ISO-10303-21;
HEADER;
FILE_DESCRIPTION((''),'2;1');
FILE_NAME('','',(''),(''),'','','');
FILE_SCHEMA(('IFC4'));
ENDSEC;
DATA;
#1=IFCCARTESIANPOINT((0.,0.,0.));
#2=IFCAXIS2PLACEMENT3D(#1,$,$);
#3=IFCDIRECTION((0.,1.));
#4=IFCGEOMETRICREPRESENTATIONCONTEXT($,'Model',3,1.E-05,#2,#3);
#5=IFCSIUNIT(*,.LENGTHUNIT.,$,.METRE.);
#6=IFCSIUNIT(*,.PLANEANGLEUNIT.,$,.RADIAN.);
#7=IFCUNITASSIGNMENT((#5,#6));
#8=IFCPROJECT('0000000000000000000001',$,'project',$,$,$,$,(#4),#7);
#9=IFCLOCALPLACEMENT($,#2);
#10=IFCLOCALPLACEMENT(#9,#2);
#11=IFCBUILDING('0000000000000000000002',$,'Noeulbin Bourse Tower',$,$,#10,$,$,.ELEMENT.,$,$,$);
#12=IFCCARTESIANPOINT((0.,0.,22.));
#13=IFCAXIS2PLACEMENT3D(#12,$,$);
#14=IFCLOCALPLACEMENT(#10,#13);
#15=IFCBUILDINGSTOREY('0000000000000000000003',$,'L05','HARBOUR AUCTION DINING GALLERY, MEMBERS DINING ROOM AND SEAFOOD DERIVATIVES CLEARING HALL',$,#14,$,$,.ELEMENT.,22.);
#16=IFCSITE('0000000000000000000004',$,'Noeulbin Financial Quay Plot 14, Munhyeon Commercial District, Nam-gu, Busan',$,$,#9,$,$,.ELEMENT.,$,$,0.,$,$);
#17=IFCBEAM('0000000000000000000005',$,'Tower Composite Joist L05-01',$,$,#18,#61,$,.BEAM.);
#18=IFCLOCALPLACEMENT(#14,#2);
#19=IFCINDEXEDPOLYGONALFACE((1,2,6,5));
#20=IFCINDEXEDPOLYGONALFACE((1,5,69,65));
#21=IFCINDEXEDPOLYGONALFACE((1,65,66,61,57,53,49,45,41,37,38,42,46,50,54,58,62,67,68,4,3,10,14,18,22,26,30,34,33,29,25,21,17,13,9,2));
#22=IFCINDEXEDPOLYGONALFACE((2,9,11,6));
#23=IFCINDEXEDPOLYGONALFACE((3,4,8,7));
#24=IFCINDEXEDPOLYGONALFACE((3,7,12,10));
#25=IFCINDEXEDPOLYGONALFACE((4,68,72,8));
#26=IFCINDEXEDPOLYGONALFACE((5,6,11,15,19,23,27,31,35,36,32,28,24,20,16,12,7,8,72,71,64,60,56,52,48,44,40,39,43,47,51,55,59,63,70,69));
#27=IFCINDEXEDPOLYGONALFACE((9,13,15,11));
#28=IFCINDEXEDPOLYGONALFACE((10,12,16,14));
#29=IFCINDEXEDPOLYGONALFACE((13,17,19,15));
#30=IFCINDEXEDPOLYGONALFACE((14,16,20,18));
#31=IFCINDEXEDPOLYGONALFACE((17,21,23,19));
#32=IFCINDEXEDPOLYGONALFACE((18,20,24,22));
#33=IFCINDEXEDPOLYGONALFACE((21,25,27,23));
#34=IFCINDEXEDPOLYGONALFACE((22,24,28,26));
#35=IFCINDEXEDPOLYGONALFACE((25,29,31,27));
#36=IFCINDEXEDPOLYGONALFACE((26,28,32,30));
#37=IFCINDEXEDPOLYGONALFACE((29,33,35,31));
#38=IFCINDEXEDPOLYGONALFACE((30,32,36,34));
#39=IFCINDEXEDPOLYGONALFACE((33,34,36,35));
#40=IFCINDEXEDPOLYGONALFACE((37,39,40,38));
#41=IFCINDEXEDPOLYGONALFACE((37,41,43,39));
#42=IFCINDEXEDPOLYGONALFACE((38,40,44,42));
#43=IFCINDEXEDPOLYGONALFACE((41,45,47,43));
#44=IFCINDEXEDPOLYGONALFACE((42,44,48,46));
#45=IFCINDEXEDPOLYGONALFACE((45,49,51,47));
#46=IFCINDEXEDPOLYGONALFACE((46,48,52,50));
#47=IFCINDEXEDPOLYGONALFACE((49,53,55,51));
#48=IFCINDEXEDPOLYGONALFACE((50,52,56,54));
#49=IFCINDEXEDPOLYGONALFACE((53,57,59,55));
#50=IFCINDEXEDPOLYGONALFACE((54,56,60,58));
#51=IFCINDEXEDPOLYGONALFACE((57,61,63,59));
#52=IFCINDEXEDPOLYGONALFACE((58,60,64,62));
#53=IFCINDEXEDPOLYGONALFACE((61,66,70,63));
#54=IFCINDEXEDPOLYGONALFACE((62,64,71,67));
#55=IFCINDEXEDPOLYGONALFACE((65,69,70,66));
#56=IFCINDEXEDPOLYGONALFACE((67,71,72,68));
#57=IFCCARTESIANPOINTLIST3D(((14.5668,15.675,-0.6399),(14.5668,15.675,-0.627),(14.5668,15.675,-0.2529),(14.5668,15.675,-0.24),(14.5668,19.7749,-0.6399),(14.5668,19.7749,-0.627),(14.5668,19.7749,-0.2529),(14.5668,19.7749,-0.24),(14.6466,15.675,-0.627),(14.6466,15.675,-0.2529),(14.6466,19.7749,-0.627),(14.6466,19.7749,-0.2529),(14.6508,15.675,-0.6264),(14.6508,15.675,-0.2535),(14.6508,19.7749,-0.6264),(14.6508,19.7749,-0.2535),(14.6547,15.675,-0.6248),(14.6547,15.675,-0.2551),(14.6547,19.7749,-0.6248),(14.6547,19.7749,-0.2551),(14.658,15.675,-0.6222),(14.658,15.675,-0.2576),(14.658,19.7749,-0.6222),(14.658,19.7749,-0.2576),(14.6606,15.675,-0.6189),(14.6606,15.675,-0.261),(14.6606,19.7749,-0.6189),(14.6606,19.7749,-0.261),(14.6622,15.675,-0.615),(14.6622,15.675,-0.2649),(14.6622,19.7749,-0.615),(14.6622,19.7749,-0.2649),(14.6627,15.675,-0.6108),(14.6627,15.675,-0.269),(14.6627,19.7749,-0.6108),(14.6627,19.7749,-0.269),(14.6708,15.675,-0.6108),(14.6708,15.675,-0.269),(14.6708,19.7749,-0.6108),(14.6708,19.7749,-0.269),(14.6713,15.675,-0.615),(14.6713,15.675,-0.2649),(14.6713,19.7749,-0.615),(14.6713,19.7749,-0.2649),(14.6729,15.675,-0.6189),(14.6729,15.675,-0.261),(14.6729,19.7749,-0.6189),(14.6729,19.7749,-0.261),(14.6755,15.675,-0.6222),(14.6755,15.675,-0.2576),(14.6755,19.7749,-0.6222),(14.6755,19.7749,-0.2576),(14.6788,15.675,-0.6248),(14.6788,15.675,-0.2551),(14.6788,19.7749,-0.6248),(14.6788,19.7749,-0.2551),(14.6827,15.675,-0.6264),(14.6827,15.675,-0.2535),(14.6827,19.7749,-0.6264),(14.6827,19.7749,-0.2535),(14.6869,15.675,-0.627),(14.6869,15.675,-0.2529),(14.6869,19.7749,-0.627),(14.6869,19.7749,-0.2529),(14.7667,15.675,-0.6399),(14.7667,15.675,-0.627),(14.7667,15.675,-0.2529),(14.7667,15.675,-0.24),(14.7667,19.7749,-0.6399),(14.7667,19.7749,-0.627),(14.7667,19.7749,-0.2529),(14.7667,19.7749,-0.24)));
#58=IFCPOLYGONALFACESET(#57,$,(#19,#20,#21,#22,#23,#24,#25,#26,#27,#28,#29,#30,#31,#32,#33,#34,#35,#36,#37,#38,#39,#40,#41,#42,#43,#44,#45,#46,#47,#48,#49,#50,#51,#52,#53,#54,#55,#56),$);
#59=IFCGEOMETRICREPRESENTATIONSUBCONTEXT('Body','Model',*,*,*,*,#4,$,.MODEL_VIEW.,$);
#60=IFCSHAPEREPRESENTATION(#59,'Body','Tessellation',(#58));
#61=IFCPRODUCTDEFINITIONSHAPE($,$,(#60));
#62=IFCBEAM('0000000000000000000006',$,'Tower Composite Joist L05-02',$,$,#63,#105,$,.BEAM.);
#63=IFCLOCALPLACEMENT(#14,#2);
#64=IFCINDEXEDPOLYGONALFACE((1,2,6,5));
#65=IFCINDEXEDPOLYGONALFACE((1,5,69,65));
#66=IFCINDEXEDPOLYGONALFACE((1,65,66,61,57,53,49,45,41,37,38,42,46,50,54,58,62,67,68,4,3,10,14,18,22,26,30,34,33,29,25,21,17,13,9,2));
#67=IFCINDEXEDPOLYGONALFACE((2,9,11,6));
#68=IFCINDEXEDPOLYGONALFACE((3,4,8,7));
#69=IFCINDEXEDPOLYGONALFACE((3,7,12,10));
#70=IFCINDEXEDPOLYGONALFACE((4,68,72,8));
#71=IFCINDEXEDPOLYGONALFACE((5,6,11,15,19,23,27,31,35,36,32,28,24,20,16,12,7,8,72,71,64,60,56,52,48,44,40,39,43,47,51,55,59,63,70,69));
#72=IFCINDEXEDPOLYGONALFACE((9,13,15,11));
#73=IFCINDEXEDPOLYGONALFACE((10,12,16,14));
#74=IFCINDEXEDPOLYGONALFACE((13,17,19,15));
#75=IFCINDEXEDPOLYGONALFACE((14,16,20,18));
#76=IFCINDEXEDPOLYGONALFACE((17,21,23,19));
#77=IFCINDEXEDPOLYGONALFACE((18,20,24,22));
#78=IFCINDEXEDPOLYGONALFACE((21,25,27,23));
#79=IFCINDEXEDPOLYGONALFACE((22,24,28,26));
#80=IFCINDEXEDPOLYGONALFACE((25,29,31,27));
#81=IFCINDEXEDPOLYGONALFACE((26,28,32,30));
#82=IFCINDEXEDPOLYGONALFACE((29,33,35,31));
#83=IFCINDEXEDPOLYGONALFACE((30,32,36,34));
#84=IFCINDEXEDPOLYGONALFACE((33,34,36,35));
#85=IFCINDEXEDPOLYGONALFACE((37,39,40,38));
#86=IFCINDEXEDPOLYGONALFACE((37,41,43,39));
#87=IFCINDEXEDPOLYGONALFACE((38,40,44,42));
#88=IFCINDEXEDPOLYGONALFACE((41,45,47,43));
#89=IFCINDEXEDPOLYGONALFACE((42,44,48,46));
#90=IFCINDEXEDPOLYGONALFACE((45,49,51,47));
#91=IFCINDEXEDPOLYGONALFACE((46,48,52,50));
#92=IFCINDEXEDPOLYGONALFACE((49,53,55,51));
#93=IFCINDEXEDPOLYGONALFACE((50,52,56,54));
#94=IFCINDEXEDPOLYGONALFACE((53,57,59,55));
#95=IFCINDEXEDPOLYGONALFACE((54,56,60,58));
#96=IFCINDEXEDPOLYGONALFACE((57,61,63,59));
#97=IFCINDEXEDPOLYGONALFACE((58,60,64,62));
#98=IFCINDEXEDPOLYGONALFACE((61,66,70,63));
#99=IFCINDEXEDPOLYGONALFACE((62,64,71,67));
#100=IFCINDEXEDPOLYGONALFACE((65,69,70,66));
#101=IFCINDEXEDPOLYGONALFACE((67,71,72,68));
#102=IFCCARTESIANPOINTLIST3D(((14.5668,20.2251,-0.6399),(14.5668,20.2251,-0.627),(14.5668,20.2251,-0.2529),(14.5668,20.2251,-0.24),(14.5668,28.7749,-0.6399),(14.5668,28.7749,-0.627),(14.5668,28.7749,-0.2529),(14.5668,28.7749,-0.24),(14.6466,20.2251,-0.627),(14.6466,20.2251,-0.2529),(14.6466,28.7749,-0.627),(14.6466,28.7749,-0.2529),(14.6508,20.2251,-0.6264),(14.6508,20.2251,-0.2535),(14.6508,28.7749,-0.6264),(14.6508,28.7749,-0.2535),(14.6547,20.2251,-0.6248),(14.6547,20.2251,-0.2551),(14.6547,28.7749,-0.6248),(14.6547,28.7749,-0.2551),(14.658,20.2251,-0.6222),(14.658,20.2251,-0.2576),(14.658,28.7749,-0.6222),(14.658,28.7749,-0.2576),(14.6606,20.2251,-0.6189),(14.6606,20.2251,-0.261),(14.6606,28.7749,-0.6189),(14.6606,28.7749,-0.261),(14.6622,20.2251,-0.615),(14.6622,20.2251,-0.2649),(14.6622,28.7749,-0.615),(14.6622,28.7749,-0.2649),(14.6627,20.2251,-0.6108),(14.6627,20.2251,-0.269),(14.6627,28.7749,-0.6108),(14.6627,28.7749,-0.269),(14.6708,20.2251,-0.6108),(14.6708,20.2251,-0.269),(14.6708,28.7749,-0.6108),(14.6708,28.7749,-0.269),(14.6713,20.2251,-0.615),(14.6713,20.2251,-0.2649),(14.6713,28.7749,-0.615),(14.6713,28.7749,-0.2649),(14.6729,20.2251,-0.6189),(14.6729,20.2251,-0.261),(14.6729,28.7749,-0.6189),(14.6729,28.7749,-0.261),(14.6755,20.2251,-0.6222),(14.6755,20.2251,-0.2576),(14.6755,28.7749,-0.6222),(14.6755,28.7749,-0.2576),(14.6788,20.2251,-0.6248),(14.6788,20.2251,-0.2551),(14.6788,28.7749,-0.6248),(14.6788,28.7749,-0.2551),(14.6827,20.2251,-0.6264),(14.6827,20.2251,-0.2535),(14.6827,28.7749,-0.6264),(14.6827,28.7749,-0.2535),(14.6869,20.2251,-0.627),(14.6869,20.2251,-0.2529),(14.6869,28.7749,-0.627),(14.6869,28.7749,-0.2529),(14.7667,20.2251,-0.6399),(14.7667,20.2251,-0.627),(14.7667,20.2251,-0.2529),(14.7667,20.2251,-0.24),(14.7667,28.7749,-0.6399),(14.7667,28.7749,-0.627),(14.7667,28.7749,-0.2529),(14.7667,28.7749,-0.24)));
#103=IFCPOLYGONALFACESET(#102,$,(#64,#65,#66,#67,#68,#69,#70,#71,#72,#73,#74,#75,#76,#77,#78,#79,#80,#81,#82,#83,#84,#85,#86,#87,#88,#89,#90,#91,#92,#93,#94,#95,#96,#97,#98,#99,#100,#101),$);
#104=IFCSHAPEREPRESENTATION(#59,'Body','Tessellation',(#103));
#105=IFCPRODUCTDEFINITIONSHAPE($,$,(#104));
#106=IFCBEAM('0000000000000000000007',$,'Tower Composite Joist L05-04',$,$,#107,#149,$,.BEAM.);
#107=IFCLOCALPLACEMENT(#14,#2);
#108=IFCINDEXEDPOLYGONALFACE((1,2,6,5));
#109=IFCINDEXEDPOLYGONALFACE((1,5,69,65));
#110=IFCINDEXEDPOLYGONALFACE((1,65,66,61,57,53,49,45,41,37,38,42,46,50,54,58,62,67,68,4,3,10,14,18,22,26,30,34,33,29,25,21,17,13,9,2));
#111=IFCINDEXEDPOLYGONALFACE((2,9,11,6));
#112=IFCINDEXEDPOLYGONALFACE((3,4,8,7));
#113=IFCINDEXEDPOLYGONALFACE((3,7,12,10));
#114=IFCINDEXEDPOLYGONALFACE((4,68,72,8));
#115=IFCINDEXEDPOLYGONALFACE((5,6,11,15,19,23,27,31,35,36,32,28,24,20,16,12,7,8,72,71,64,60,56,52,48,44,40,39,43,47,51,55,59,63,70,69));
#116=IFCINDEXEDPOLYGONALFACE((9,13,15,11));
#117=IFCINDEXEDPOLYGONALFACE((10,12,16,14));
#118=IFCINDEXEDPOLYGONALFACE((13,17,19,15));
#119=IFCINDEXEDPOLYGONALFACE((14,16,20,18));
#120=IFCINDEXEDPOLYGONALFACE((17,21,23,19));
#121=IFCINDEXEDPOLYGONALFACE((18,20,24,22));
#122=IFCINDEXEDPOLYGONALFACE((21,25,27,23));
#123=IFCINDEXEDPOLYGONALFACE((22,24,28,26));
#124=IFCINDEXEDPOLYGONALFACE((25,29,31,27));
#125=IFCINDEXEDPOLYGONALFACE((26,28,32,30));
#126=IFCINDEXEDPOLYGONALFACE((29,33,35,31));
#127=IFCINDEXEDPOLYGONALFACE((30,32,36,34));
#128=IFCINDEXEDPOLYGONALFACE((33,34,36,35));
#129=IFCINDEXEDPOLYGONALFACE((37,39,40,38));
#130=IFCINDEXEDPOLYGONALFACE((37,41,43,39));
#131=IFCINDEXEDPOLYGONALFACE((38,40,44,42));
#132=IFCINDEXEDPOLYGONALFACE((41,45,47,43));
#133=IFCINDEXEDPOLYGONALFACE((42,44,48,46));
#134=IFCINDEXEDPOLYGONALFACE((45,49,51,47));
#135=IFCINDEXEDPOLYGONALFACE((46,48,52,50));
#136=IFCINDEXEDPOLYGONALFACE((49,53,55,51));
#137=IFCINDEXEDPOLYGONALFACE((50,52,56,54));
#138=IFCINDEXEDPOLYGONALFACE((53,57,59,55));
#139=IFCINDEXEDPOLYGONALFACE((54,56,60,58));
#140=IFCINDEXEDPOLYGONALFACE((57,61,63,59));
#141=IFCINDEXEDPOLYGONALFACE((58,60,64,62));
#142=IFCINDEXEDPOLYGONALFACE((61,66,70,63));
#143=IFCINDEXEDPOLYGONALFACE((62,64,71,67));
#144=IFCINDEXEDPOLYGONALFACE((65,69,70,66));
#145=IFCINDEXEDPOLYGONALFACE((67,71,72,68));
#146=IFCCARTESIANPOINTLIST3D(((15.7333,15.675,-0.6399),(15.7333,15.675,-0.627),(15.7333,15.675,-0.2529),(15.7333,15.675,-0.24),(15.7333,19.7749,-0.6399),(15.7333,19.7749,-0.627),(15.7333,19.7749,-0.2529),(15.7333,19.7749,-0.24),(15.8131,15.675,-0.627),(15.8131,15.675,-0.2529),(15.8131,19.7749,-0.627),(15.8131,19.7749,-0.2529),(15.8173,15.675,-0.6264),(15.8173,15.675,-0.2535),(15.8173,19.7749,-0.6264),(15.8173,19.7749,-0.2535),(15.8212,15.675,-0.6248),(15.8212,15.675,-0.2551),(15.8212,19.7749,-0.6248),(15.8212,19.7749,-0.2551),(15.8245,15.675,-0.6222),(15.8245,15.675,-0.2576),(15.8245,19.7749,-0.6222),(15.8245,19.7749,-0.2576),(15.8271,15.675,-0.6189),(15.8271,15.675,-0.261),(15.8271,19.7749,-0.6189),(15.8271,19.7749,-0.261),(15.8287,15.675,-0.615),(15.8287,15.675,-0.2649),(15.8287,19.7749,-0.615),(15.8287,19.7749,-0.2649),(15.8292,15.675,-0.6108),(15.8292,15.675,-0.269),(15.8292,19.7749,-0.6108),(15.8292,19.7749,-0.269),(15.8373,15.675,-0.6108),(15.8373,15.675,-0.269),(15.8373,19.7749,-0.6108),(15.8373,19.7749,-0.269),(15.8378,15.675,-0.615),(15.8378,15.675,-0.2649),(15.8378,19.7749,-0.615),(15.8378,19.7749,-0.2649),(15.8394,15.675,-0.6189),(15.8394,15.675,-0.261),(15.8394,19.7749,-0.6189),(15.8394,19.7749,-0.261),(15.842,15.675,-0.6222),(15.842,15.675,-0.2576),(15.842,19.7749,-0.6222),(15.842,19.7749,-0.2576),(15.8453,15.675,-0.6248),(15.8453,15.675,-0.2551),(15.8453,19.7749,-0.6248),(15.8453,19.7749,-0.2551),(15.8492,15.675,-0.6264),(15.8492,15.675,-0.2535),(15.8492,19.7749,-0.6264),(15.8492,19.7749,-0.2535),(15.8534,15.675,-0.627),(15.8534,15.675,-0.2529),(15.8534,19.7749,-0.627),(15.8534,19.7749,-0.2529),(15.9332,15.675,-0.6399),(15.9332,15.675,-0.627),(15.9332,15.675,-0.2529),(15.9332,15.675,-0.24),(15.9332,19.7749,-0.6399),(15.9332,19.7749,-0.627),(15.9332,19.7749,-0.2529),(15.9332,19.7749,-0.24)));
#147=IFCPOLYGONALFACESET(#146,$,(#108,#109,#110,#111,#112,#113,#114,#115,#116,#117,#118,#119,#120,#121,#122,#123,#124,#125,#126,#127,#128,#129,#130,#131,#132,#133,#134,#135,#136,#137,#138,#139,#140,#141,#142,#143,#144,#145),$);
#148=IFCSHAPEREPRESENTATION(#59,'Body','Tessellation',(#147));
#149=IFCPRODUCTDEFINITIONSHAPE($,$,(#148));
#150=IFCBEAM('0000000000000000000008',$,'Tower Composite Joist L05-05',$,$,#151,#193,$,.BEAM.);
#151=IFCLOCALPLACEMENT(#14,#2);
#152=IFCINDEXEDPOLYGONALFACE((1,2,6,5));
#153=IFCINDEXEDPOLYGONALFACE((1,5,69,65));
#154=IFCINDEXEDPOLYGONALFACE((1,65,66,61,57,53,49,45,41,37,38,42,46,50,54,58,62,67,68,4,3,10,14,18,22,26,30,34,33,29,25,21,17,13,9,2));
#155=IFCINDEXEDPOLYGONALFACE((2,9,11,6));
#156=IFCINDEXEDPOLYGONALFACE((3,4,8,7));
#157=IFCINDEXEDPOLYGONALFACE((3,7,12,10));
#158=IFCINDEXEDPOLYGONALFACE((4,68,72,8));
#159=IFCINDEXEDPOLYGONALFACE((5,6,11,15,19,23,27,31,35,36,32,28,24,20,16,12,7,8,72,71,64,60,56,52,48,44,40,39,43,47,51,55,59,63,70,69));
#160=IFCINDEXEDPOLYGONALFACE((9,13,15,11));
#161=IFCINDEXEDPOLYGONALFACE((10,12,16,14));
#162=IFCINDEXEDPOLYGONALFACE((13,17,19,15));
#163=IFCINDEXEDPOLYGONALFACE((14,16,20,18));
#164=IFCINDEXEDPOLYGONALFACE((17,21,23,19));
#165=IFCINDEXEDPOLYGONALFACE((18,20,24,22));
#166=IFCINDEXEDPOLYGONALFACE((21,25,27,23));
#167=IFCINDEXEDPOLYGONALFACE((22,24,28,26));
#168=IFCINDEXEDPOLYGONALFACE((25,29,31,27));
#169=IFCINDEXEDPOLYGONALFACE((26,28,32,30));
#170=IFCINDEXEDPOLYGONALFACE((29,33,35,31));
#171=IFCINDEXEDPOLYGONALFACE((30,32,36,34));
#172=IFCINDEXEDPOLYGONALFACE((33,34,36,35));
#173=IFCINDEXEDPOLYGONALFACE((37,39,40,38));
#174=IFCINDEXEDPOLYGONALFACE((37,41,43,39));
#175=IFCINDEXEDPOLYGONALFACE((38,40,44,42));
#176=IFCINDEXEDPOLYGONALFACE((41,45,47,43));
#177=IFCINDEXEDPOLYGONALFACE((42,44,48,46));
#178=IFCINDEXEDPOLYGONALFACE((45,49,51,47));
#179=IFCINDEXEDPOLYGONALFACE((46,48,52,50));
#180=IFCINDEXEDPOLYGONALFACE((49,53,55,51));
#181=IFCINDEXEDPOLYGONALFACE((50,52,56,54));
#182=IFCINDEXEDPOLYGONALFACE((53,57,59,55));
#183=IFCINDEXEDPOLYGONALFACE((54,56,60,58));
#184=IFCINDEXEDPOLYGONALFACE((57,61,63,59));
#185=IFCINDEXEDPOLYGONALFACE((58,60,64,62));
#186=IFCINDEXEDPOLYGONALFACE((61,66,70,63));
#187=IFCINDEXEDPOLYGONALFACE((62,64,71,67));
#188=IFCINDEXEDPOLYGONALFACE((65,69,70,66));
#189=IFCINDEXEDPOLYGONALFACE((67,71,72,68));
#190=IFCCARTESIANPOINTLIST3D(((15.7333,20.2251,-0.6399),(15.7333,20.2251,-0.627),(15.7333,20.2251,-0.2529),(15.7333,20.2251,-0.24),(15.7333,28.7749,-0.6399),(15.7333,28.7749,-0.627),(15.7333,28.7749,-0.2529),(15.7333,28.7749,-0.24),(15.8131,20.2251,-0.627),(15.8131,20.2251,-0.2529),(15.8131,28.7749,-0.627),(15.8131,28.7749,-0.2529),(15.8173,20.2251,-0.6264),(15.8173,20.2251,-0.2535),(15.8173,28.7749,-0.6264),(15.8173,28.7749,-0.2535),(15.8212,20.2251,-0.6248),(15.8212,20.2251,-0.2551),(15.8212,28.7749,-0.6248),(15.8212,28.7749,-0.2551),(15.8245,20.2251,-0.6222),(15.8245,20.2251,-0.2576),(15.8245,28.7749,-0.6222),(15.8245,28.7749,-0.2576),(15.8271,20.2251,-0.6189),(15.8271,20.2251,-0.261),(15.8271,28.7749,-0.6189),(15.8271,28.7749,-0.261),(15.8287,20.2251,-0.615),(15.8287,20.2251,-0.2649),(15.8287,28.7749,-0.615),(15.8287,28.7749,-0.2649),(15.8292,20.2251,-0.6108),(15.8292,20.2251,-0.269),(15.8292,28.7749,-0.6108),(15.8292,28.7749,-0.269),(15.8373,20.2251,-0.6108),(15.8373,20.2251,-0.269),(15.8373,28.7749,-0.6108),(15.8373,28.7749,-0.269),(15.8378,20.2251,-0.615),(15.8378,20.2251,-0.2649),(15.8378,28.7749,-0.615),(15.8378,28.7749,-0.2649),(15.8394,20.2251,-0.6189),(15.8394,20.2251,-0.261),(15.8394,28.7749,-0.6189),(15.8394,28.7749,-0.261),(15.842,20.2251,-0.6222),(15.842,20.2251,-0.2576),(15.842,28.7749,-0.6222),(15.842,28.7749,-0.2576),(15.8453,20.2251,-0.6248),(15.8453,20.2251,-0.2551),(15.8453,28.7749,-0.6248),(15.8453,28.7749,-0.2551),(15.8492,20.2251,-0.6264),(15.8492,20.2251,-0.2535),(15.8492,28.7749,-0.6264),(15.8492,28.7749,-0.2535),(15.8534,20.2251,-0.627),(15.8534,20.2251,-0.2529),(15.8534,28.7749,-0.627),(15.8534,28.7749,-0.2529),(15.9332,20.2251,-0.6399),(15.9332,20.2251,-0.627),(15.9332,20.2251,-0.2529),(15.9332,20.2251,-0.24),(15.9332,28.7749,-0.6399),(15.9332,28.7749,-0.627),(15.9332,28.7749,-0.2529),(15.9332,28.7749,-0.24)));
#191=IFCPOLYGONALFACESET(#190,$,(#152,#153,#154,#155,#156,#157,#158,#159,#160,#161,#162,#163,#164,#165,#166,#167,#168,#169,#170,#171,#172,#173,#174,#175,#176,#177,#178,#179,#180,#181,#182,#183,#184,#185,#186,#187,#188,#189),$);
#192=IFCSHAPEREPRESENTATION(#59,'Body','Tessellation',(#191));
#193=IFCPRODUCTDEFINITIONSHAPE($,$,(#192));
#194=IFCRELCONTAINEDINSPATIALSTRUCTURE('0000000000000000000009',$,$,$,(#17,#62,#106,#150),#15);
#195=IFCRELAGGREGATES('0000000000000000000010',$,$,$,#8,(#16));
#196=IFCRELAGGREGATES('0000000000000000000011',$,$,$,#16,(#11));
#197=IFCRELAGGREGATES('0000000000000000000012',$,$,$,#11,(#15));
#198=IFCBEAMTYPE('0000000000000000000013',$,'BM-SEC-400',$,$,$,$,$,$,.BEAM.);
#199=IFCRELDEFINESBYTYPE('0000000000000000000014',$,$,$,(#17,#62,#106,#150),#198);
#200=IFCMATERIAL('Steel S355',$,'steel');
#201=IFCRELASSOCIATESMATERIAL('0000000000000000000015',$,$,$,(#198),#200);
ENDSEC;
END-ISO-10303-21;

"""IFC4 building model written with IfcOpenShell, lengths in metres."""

from ifc_helpers import new_model, si_unit, direction, frame, origin, origin_2d, place, context, subcontext, project, spatial, i_section, extrude, material, material_profile, profile_set, type_object, element, save


model = new_model("IFC4")

# Units and contexts
model_context = context("Model", 3, precision=1e-05, world=origin(), true_north=direction((0.0, 1.0)))
body_context = subcontext(model_context, "Body", "Model", "MODEL_VIEW")
ifc_project = project(units=[si_unit("LENGTHUNIT", "METRE"), si_unit("PLANEANGLEUNIT", "RADIAN")], contexts=[model_context])

# Site, building, storey
site_placement = place(None, origin())
site = spatial("IfcSite", under=ifc_project, at=site_placement, Name="Noeulbin Financial Quay Plot 14, Munhyeon Commercial District, Nam-gu, Busan", CompositionType="ELEMENT", RefElevation=0.0)
building_placement = place(site_placement, origin())
building = spatial("IfcBuilding", under=site, at=building_placement, Name="Noeulbin Bourse Tower", CompositionType="ELEMENT")
storey_placement = place(building_placement, frame((0.0, 0.0, 22.0)))
storey = spatial("IfcBuildingStorey", under=building, at=storey_placement, Name="L05", Description="HARBOUR AUCTION DINING GALLERY, MEMBERS DINING ROOM AND SEAFOOD DERIVATIVES CLEARING HALL", CompositionType="ELEMENT", Elevation=22.0)

# Beams
ifc_material_1 = material(Name="Steel S355", Category="steel")
ifc_material_profile_1 = material_profile(ifc_material_1, i_section(OverallWidth=0.2, OverallDepth=0.3999, WebThickness=0.0081, FlangeThickness=0.0129, FilletRadius=0.0161, at=origin_2d()), Name="H-400x200x8x13", Category="LoadBearing")
ifc_profile_set_1 = profile_set([ifc_material_profile_1], Name="Steel S355")
beam_type_1 = type_object("IfcBeamType", Name="BM-SEC-400", PredefinedType="BEAM", material=ifc_profile_set_1)
beam_1_placement = place(storey_placement, frame((14.6667, 15.675, -0.4399), z_axis=(0.0, 1.0, 0.0), x_axis=(-1.0, 0.0, 0.0)))
element("IfcBeam", 1, at=beam_1_placement, inside=storey, type_object=beam_type_1, Name="Tower Composite Joist L05-01", PredefinedType="BEAM", context=body_context, shape_type="SweptSolid", body=[
    extrude(i_section(OverallWidth=0.2, OverallDepth=0.3999, WebThickness=0.0081, FlangeThickness=0.0129, FilletRadius=0.0161, at=origin_2d()), origin(), (0.0, 0.0, 1.0), 4.0999),
])
beam_2_placement = place(storey_placement, frame((14.6667, 20.2251, -0.4399), z_axis=(0.0, 1.0, 0.0), x_axis=(-1.0, 0.0, 0.0)))
element("IfcBeam", 2, at=beam_2_placement, inside=storey, type_object=beam_type_1, Name="Tower Composite Joist L05-02", PredefinedType="BEAM", context=body_context, shape_type="SweptSolid", body=[
    extrude(i_section(OverallWidth=0.2, OverallDepth=0.3999, WebThickness=0.0081, FlangeThickness=0.0129, FilletRadius=0.0161, at=origin_2d()), origin(), (0.0, 0.0, 1.0), 8.5498),
])
beam_3_placement = place(storey_placement, frame((15.8333, 15.675, -0.4399), z_axis=(0.0, 1.0, 0.0), x_axis=(-1.0, 0.0, 0.0)))
element("IfcBeam", 3, at=beam_3_placement, inside=storey, type_object=beam_type_1, Name="Tower Composite Joist L05-04", PredefinedType="BEAM", context=body_context, shape_type="SweptSolid", body=[
    extrude(i_section(OverallWidth=0.2, OverallDepth=0.3999, WebThickness=0.0081, FlangeThickness=0.0129, FilletRadius=0.0161, at=origin_2d()), origin(), (0.0, 0.0, 1.0), 4.0999),
])
beam_4_placement = place(storey_placement, frame((15.8333, 20.2251, -0.4399), z_axis=(0.0, 1.0, 0.0), x_axis=(-1.0, 0.0, 0.0)))
element("IfcBeam", 4, at=beam_4_placement, inside=storey, type_object=beam_type_1, Name="Tower Composite Joist L05-05", PredefinedType="BEAM", context=body_context, shape_type="SweptSolid", body=[
    extrude(i_section(OverallWidth=0.2, OverallDepth=0.3999, WebThickness=0.0081, FlangeThickness=0.0129, FilletRadius=0.0161, at=origin_2d()), origin(), (0.0, 0.0, 1.0), 8.5498),
])

save(model, "model.ifc")
